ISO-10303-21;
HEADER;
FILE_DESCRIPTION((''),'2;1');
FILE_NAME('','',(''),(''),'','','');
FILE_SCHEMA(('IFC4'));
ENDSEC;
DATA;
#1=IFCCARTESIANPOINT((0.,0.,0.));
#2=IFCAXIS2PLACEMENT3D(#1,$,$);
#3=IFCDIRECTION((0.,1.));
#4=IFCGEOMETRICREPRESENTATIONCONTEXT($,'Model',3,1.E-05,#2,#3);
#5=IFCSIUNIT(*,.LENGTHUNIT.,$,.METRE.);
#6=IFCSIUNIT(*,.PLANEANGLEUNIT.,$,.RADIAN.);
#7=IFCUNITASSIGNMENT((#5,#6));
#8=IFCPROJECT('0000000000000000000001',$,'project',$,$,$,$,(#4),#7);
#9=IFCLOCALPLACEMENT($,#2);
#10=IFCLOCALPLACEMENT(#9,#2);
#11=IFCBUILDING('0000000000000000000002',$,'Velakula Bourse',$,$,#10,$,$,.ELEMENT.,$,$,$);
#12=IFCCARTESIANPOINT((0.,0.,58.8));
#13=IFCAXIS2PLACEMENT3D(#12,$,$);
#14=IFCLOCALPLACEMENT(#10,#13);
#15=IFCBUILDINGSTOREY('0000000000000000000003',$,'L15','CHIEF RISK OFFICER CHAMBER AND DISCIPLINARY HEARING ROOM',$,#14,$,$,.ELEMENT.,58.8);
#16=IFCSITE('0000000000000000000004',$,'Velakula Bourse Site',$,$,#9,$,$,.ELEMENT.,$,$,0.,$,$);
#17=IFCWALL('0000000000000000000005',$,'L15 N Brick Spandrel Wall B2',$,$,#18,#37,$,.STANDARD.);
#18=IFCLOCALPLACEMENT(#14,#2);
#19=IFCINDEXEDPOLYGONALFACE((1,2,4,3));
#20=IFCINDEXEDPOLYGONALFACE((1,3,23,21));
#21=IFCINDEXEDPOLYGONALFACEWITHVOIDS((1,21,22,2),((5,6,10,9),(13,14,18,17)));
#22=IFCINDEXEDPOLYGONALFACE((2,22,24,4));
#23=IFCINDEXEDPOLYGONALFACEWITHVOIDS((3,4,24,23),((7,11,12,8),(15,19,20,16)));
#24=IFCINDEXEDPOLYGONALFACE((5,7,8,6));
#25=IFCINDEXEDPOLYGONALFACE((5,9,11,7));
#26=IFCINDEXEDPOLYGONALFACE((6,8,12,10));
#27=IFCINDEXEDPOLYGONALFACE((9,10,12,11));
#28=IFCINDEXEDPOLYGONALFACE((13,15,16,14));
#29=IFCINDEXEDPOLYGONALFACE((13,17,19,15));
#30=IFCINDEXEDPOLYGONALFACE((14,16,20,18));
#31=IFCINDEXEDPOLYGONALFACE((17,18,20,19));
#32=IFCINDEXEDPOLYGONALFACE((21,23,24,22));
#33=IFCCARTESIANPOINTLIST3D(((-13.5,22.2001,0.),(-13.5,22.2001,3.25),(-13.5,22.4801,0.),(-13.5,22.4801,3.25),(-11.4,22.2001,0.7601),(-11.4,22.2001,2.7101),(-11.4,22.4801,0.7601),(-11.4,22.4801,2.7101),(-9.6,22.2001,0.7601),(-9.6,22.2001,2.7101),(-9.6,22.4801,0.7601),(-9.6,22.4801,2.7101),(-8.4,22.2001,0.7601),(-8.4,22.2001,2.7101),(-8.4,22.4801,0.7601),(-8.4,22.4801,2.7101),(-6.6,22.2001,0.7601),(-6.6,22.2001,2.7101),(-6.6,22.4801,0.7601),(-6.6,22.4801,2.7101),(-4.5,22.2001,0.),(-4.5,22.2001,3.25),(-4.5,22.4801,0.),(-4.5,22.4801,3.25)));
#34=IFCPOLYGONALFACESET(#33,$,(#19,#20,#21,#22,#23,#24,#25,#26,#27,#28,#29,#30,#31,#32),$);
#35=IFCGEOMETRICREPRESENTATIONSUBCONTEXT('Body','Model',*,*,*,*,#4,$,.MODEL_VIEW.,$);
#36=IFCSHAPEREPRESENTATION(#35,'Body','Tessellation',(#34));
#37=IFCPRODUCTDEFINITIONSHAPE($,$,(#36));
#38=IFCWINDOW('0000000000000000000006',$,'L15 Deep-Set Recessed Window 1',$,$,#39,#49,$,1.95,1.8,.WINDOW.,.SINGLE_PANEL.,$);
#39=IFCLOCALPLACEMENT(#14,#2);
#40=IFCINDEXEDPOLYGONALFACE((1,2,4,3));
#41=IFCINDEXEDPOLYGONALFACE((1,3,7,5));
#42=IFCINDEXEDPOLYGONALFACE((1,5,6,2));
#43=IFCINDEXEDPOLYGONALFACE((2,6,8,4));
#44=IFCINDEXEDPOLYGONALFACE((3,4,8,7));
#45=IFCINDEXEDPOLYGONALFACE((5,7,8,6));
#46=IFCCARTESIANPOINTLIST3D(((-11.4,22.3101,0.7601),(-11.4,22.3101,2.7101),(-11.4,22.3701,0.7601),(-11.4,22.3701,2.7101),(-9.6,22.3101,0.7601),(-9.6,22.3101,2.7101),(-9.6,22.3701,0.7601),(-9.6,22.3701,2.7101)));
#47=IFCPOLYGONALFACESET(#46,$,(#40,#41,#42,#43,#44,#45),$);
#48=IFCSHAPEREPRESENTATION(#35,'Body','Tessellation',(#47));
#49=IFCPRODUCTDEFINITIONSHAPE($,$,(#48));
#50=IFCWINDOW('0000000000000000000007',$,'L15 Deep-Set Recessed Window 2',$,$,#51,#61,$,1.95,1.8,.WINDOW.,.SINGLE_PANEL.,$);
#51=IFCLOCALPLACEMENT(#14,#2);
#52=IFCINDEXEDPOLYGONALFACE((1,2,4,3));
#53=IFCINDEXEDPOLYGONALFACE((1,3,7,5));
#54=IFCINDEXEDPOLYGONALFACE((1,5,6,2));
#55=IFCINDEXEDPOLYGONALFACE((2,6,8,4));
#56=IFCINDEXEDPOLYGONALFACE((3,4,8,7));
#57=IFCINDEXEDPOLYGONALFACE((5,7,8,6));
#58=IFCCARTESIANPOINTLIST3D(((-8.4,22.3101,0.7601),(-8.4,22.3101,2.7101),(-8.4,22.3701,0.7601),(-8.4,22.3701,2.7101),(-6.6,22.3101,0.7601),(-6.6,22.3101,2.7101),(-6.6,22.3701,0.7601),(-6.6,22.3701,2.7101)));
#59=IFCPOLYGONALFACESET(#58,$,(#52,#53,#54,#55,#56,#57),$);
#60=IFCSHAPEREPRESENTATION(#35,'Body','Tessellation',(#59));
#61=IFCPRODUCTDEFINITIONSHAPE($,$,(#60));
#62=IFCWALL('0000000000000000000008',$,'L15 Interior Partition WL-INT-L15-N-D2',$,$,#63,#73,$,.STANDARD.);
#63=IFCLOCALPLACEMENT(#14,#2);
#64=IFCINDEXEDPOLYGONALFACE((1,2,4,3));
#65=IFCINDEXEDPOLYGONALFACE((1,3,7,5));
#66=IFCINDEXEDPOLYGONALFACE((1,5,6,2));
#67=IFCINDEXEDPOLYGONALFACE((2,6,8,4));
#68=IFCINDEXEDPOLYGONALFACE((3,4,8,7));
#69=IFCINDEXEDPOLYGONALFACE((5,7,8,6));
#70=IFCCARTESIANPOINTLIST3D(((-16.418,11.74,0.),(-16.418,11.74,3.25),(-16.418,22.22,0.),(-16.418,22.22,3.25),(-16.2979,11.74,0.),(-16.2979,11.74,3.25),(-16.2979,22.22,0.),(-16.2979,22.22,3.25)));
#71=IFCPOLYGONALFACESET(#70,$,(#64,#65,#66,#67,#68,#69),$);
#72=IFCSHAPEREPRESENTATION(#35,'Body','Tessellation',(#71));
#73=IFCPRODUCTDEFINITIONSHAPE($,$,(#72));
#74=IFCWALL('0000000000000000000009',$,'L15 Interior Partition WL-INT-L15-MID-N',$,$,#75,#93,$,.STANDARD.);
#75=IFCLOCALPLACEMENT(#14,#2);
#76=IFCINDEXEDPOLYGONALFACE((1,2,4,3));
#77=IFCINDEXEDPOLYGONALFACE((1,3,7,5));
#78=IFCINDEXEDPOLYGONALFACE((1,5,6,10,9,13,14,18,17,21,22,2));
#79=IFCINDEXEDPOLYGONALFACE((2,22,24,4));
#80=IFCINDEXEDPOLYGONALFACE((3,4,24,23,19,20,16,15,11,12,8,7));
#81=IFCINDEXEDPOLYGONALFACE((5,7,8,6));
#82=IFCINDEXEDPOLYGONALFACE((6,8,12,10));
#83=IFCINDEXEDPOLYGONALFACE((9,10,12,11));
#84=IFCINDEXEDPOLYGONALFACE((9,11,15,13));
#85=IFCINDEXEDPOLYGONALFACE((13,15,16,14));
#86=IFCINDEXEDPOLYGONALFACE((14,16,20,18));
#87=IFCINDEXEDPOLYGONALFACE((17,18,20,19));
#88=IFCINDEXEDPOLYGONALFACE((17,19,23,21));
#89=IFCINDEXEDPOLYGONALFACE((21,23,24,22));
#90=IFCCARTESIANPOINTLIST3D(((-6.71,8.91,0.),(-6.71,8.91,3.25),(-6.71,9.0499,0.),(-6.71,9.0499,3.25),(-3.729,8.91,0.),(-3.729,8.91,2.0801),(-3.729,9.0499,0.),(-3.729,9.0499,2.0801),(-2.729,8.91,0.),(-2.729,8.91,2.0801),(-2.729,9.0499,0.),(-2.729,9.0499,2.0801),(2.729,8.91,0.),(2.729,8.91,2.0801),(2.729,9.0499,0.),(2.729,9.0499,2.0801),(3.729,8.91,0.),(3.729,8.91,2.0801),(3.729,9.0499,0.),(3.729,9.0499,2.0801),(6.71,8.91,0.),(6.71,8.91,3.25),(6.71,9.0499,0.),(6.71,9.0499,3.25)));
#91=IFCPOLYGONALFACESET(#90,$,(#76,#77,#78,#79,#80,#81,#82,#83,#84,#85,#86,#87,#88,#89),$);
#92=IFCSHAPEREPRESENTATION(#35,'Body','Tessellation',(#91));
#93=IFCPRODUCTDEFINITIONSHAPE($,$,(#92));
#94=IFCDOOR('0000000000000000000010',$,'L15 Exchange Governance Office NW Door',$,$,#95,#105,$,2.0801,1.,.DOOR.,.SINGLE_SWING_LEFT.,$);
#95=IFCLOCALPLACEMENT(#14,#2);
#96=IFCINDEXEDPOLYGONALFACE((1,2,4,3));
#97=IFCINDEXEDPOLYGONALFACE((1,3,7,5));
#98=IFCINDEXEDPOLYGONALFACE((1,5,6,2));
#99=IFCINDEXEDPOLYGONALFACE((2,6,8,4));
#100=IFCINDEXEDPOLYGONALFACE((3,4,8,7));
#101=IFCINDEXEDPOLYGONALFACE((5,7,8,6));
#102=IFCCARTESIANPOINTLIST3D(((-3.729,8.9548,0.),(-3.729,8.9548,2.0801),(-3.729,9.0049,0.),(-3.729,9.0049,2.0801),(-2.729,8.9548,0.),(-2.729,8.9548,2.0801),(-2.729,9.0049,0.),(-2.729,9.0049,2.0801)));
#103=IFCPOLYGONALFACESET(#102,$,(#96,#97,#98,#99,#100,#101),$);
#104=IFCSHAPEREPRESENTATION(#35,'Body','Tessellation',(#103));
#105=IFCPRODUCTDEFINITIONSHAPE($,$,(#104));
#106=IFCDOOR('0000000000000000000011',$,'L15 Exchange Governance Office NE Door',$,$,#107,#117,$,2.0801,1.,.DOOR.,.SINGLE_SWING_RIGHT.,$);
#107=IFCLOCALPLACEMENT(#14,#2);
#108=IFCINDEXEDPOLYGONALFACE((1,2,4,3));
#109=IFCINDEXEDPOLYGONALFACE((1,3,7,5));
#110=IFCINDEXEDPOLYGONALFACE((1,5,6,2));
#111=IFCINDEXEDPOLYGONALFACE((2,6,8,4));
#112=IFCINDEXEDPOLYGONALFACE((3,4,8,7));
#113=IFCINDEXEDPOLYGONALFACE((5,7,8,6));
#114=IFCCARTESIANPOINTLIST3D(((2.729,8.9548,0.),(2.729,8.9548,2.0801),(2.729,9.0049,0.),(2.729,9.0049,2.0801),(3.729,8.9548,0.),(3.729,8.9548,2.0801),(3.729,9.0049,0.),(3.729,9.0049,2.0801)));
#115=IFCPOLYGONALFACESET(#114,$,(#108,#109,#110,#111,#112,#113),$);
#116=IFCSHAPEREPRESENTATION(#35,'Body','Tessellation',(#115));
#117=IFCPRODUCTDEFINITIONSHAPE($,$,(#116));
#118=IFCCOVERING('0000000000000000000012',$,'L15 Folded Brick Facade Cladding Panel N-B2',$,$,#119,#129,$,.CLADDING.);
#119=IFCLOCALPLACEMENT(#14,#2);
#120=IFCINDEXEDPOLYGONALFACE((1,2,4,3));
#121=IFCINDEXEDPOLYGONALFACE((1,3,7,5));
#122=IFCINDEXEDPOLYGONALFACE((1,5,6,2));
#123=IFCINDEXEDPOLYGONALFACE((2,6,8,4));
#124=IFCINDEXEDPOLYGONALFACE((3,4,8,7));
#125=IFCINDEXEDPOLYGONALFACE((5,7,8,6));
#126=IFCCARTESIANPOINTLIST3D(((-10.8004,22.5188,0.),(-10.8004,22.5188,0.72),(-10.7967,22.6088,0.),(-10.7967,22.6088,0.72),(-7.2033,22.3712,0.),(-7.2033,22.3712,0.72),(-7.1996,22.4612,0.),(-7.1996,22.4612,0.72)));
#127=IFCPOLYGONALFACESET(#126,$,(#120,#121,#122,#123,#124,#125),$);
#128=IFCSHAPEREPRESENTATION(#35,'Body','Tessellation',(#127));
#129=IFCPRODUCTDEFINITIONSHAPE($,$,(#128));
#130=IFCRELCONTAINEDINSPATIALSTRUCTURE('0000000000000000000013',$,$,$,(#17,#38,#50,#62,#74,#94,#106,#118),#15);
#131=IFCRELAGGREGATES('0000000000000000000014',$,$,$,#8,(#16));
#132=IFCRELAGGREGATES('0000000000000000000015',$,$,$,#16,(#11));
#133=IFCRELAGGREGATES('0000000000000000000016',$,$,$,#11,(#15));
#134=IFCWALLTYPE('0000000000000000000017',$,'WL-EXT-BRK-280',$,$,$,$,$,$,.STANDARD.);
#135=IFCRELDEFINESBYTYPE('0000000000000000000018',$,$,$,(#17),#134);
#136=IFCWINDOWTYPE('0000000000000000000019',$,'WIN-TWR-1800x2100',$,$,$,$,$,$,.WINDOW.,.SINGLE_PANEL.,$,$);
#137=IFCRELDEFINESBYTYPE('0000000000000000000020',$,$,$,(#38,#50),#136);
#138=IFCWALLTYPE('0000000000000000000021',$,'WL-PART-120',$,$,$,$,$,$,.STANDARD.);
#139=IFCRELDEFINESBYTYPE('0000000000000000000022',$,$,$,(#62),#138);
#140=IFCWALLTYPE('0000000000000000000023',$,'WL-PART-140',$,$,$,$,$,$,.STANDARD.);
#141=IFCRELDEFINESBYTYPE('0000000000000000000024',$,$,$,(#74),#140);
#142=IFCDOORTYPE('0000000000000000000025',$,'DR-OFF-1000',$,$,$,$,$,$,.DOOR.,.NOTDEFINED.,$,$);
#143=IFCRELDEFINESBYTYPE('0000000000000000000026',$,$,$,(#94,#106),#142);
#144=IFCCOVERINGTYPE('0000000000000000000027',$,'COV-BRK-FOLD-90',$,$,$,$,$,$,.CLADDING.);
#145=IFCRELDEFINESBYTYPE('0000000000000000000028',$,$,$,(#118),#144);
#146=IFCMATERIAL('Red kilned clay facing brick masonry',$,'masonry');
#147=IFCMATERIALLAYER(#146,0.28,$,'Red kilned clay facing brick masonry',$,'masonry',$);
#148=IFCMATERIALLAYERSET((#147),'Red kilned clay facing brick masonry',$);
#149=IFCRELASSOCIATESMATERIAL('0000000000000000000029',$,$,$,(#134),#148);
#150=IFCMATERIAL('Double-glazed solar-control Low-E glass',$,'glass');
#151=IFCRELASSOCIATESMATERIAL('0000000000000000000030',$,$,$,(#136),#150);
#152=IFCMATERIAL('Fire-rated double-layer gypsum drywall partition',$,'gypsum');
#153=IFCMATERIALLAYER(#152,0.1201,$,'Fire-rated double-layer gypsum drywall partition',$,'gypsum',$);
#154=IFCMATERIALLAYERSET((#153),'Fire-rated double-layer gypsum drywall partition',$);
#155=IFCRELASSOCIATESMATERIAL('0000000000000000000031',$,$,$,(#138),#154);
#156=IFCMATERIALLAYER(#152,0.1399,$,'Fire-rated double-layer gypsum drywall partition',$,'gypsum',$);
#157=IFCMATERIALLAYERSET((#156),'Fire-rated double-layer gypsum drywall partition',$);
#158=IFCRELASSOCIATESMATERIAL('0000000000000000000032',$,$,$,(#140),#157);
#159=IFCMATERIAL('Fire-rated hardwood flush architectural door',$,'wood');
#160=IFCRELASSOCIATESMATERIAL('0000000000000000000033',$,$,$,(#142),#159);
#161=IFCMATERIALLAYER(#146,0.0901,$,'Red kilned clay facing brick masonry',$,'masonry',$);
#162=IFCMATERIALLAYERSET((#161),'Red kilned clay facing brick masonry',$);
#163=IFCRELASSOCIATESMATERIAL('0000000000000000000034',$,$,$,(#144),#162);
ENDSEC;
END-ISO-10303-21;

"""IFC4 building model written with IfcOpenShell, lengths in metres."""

from ifc_helpers import new_model, si_unit, direction, frame, frame_2d, origin, origin_2d, place, context, subcontext, project, spatial, rectangle, extrude, material, layer, layer_set, type_object, element, fill, save


model = new_model("IFC4")

# Units and contexts
model_context = context("Model", 3, precision=1e-05, world=origin(), true_north=direction((0.0, 1.0)))
body_context = subcontext(model_context, "Body", "Model", "MODEL_VIEW")
ifc_project = project(units=[si_unit("LENGTHUNIT", "METRE"), si_unit("PLANEANGLEUNIT", "RADIAN")], contexts=[model_context])

# Site, building, storey
site_placement = place(None, origin())
site = spatial("IfcSite", under=ifc_project, at=site_placement, Name="Velakula Bourse Site", CompositionType="ELEMENT", RefElevation=0.0)
building_placement = place(site_placement, origin())
building = spatial("IfcBuilding", under=site, at=building_placement, Name="Velakula Bourse", CompositionType="ELEMENT")
storey_placement = place(building_placement, frame((0.0, 0.0, 58.8)))
storey = spatial("IfcBuildingStorey", under=building, at=storey_placement, Name="L15", Description="CHIEF RISK OFFICER CHAMBER AND DISCIPLINARY HEARING ROOM", CompositionType="ELEMENT", Elevation=58.8)

# Wall, openings, windows
ifc_material_1 = material(Name="Red kilned clay facing brick masonry", Category="masonry")
ifc_layer_1 = layer(ifc_material_1, 0.28, Name="Red kilned clay facing brick masonry", Category="masonry")
ifc_layer_set_1 = layer_set([ifc_layer_1], Name="Red kilned clay facing brick masonry")
wall_type_1 = type_object("IfcWallType", Name="WL-EXT-BRK-280", PredefinedType="STANDARD", material=ifc_layer_set_1)
wall_1_placement = place(storey_placement, frame((-13.5, 22.3401, 0.0), z_axis=(0.0, 0.0, 1.0), x_axis=(1.0, 0.0, 0.0)))
wall_1 = element("IfcWall", 1, at=wall_1_placement, inside=storey, type_object=wall_type_1, Name="L15 N Brick Spandrel Wall B2", PredefinedType="STANDARD", context=body_context, shape_type="SweptSolid", body=[
    extrude(rectangle(XDim=9.0, YDim=0.28, at=frame_2d((4.5, 0.0))), origin(), (0.0, 0.0, 1.0), 3.25),
])
opening_1_placement = place(wall_1_placement, frame((2.1001, 0.0, 0.76)))
opening_1 = element("IfcOpeningElement", 2, at=opening_1_placement, cuts=wall_1, PredefinedType="OPENING", context=body_context, shape_type="SweptSolid", body=[
    extrude(rectangle(XDim=1.8, YDim=1.95, at=frame_2d((0.8999, 0.9751))), frame((0.0, 0.1499, 0.0), z_axis=(0.0, -1.0, 0.0), x_axis=(1.0, 0.0, 0.0)), (0.0, 0.0, 1.0), 0.3),
])
opening_2_placement = place(wall_1_placement, frame((5.1001, 0.0, 0.76)))
opening_2 = element("IfcOpeningElement", 3, at=opening_2_placement, cuts=wall_1, PredefinedType="OPENING", context=body_context, shape_type="SweptSolid", body=[
    extrude(rectangle(XDim=1.8, YDim=1.95, at=frame_2d((0.8999, 0.9751))), frame((0.0, 0.1499, 0.0), z_axis=(0.0, -1.0, 0.0), x_axis=(1.0, 0.0, 0.0)), (0.0, 0.0, 1.0), 0.3),
])
ifc_material_2 = material(Name="Double-glazed solar-control Low-E glass", Category="glass")
window_type = type_object("IfcWindowType", Name="WIN-TWR-1800x2100", PartitioningType="SINGLE_PANEL", PredefinedType="WINDOW", material=ifc_material_2)
window_1_placement = place(opening_1_placement, origin())
window_1 = element("IfcWindow", 4, at=window_1_placement, inside=storey, type_object=window_type, Name="L15 Deep-Set Recessed Window 1", OverallHeight=1.95, OverallWidth=1.8, PartitioningType="SINGLE_PANEL", PredefinedType="WINDOW", context=body_context, shape_type="SweptSolid", body=[
    extrude(rectangle(XDim=1.8, YDim=1.95, at=frame_2d((0.8999, 0.9751))), frame((0.0, 0.03, 0.0), z_axis=(0.0, -1.0, 0.0), x_axis=(1.0, 0.0, 0.0)), (0.0, 0.0, 1.0), 0.0601),
])
fill(opening_1, window_1)
window_2_placement = place(opening_2_placement, origin())
window_2 = element("IfcWindow", 5, at=window_2_placement, inside=storey, type_object=window_type, Name="L15 Deep-Set Recessed Window 2", OverallHeight=1.95, OverallWidth=1.8, PartitioningType="SINGLE_PANEL", PredefinedType="WINDOW", context=body_context, shape_type="SweptSolid", body=[
    extrude(rectangle(XDim=1.8, YDim=1.95, at=frame_2d((0.8999, 0.9751))), frame((0.0, 0.03, 0.0), z_axis=(0.0, -1.0, 0.0), x_axis=(1.0, 0.0, 0.0)), (0.0, 0.0, 1.0), 0.0601),
])
fill(opening_2, window_2)

# Wall
ifc_material_3 = material(Name="Fire-rated double-layer gypsum drywall partition", Category="gypsum")
ifc_layer_2 = layer(ifc_material_3, 0.1201, Name="Fire-rated double-layer gypsum drywall partition", Category="gypsum")
ifc_layer_set_2 = layer_set([ifc_layer_2], Name="Fire-rated double-layer gypsum drywall partition")
wall_type_2 = type_object("IfcWallType", Name="WL-PART-120", PredefinedType="STANDARD", material=ifc_layer_set_2)
wall_2_placement = place(storey_placement, frame((-16.3579, 11.74, 0.0), z_axis=(0.0, 0.0, 1.0), x_axis=(0.0, 1.0, 0.0)))
element("IfcWall", 6, at=wall_2_placement, inside=storey, type_object=wall_type_2, Name="L15 Interior Partition WL-INT-L15-N-D2", PredefinedType="STANDARD", context=body_context, shape_type="SweptSolid", body=[
    extrude(rectangle(XDim=10.48, YDim=0.1201, at=frame_2d((5.24, 0.0))), origin(), (0.0, 0.0, 1.0), 3.25),
])

# Wall, openings, doors
ifc_layer_3 = layer(ifc_material_3, 0.1399, Name="Fire-rated double-layer gypsum drywall partition", Category="gypsum")
ifc_layer_set_3 = layer_set([ifc_layer_3], Name="Fire-rated double-layer gypsum drywall partition")
wall_type_3 = type_object("IfcWallType", Name="WL-PART-140", PredefinedType="STANDARD", material=ifc_layer_set_3)
wall_3_placement = place(storey_placement, frame((-6.71, 8.98, 0.0), z_axis=(0.0, 0.0, 1.0), x_axis=(1.0, 0.0, 0.0)))
wall_3 = element("IfcWall", 7, at=wall_3_placement, inside=storey, type_object=wall_type_3, Name="L15 Interior Partition WL-INT-L15-MID-N", PredefinedType="STANDARD", context=body_context, shape_type="SweptSolid", body=[
    extrude(rectangle(XDim=13.4199, YDim=0.1399, at=frame_2d((6.71, 0.0))), origin(), (0.0, 0.0, 1.0), 3.25),
])
opening_3_placement = place(wall_3_placement, frame((2.981, 0.0, 0.0)))
opening_3 = element("IfcOpeningElement", 8, at=opening_3_placement, cuts=wall_3, PredefinedType="OPENING", context=body_context, shape_type="SweptSolid", body=[
    extrude(rectangle(XDim=1.0, YDim=2.0801, at=frame_2d((0.5, 1.04))), frame((0.0, 0.0798, 0.0), z_axis=(0.0, -1.0, 0.0), x_axis=(1.0, 0.0, 0.0)), (0.0, 0.0, 1.0), 0.1599),
])
opening_4_placement = place(wall_3_placement, frame((9.439, 0.0, 0.0)))
opening_4 = element("IfcOpeningElement", 9, at=opening_4_placement, cuts=wall_3, PredefinedType="OPENING", context=body_context, shape_type="SweptSolid", body=[
    extrude(rectangle(XDim=1.0, YDim=2.0801, at=frame_2d((0.5, 1.04))), frame((0.0, 0.0798, 0.0), z_axis=(0.0, -1.0, 0.0), x_axis=(1.0, 0.0, 0.0)), (0.0, 0.0, 1.0), 0.1599),
])
ifc_material_4 = material(Name="Fire-rated hardwood flush architectural door", Category="wood")
door_type = type_object("IfcDoorType", Name="DR-OFF-1000", OperationType="NOTDEFINED", PredefinedType="DOOR", material=ifc_material_4)
door_1_placement = place(opening_3_placement, origin())
door_1 = element("IfcDoor", 10, at=door_1_placement, inside=storey, type_object=door_type, Name="L15 Exchange Governance Office NW Door", OperationType="SINGLE_SWING_LEFT", OverallHeight=2.0801, OverallWidth=1.0, PredefinedType="DOOR", context=body_context, shape_type="SweptSolid", body=[
    extrude(rectangle(XDim=1.0, YDim=2.0801, at=frame_2d((0.5, 1.04))), frame((0.0, 0.0249, 0.0), z_axis=(0.0, -1.0, 0.0), x_axis=(1.0, 0.0, 0.0)), (0.0, 0.0, 1.0), 0.05),
])
fill(opening_3, door_1)
door_2_placement = place(opening_4_placement, origin())
door_2 = element("IfcDoor", 11, at=door_2_placement, inside=storey, type_object=door_type, Name="L15 Exchange Governance Office NE Door", OperationType="SINGLE_SWING_RIGHT", OverallHeight=2.0801, OverallWidth=1.0, PredefinedType="DOOR", context=body_context, shape_type="SweptSolid", body=[
    extrude(rectangle(XDim=1.0, YDim=2.0801, at=frame_2d((0.5, 1.04))), frame((0.0, 0.0249, 0.0), z_axis=(0.0, -1.0, 0.0), x_axis=(1.0, 0.0, 0.0)), (0.0, 0.0, 1.0), 0.05),
])
fill(opening_4, door_2)

# Covering
ifc_layer_4 = layer(ifc_material_1, 0.0901, Name="Red kilned clay facing brick masonry", Category="masonry")
ifc_layer_set_4 = layer_set([ifc_layer_4], Name="Red kilned clay facing brick masonry")
covering_type = type_object("IfcCoveringType", Name="COV-BRK-FOLD-90", PredefinedType="CLADDING", material=ifc_layer_set_4)
covering_placement = place(storey_placement, frame((-9.0, 22.49, 0.0), z_axis=(0.0, 0.0, 1.0), x_axis=(0.999159, -0.041004, 0.0)))
element("IfcCovering", 12, at=covering_placement, inside=storey, type_object=covering_type, Name="L15 Folded Brick Facade Cladding Panel N-B2", PredefinedType="CLADDING", context=body_context, shape_type="SweptSolid", body=[
    extrude(rectangle(XDim=3.6001, YDim=0.0901, at=origin_2d()), origin(), (0.0, 0.0, 1.0), 0.72),
])

save(model, "model.ifc")
